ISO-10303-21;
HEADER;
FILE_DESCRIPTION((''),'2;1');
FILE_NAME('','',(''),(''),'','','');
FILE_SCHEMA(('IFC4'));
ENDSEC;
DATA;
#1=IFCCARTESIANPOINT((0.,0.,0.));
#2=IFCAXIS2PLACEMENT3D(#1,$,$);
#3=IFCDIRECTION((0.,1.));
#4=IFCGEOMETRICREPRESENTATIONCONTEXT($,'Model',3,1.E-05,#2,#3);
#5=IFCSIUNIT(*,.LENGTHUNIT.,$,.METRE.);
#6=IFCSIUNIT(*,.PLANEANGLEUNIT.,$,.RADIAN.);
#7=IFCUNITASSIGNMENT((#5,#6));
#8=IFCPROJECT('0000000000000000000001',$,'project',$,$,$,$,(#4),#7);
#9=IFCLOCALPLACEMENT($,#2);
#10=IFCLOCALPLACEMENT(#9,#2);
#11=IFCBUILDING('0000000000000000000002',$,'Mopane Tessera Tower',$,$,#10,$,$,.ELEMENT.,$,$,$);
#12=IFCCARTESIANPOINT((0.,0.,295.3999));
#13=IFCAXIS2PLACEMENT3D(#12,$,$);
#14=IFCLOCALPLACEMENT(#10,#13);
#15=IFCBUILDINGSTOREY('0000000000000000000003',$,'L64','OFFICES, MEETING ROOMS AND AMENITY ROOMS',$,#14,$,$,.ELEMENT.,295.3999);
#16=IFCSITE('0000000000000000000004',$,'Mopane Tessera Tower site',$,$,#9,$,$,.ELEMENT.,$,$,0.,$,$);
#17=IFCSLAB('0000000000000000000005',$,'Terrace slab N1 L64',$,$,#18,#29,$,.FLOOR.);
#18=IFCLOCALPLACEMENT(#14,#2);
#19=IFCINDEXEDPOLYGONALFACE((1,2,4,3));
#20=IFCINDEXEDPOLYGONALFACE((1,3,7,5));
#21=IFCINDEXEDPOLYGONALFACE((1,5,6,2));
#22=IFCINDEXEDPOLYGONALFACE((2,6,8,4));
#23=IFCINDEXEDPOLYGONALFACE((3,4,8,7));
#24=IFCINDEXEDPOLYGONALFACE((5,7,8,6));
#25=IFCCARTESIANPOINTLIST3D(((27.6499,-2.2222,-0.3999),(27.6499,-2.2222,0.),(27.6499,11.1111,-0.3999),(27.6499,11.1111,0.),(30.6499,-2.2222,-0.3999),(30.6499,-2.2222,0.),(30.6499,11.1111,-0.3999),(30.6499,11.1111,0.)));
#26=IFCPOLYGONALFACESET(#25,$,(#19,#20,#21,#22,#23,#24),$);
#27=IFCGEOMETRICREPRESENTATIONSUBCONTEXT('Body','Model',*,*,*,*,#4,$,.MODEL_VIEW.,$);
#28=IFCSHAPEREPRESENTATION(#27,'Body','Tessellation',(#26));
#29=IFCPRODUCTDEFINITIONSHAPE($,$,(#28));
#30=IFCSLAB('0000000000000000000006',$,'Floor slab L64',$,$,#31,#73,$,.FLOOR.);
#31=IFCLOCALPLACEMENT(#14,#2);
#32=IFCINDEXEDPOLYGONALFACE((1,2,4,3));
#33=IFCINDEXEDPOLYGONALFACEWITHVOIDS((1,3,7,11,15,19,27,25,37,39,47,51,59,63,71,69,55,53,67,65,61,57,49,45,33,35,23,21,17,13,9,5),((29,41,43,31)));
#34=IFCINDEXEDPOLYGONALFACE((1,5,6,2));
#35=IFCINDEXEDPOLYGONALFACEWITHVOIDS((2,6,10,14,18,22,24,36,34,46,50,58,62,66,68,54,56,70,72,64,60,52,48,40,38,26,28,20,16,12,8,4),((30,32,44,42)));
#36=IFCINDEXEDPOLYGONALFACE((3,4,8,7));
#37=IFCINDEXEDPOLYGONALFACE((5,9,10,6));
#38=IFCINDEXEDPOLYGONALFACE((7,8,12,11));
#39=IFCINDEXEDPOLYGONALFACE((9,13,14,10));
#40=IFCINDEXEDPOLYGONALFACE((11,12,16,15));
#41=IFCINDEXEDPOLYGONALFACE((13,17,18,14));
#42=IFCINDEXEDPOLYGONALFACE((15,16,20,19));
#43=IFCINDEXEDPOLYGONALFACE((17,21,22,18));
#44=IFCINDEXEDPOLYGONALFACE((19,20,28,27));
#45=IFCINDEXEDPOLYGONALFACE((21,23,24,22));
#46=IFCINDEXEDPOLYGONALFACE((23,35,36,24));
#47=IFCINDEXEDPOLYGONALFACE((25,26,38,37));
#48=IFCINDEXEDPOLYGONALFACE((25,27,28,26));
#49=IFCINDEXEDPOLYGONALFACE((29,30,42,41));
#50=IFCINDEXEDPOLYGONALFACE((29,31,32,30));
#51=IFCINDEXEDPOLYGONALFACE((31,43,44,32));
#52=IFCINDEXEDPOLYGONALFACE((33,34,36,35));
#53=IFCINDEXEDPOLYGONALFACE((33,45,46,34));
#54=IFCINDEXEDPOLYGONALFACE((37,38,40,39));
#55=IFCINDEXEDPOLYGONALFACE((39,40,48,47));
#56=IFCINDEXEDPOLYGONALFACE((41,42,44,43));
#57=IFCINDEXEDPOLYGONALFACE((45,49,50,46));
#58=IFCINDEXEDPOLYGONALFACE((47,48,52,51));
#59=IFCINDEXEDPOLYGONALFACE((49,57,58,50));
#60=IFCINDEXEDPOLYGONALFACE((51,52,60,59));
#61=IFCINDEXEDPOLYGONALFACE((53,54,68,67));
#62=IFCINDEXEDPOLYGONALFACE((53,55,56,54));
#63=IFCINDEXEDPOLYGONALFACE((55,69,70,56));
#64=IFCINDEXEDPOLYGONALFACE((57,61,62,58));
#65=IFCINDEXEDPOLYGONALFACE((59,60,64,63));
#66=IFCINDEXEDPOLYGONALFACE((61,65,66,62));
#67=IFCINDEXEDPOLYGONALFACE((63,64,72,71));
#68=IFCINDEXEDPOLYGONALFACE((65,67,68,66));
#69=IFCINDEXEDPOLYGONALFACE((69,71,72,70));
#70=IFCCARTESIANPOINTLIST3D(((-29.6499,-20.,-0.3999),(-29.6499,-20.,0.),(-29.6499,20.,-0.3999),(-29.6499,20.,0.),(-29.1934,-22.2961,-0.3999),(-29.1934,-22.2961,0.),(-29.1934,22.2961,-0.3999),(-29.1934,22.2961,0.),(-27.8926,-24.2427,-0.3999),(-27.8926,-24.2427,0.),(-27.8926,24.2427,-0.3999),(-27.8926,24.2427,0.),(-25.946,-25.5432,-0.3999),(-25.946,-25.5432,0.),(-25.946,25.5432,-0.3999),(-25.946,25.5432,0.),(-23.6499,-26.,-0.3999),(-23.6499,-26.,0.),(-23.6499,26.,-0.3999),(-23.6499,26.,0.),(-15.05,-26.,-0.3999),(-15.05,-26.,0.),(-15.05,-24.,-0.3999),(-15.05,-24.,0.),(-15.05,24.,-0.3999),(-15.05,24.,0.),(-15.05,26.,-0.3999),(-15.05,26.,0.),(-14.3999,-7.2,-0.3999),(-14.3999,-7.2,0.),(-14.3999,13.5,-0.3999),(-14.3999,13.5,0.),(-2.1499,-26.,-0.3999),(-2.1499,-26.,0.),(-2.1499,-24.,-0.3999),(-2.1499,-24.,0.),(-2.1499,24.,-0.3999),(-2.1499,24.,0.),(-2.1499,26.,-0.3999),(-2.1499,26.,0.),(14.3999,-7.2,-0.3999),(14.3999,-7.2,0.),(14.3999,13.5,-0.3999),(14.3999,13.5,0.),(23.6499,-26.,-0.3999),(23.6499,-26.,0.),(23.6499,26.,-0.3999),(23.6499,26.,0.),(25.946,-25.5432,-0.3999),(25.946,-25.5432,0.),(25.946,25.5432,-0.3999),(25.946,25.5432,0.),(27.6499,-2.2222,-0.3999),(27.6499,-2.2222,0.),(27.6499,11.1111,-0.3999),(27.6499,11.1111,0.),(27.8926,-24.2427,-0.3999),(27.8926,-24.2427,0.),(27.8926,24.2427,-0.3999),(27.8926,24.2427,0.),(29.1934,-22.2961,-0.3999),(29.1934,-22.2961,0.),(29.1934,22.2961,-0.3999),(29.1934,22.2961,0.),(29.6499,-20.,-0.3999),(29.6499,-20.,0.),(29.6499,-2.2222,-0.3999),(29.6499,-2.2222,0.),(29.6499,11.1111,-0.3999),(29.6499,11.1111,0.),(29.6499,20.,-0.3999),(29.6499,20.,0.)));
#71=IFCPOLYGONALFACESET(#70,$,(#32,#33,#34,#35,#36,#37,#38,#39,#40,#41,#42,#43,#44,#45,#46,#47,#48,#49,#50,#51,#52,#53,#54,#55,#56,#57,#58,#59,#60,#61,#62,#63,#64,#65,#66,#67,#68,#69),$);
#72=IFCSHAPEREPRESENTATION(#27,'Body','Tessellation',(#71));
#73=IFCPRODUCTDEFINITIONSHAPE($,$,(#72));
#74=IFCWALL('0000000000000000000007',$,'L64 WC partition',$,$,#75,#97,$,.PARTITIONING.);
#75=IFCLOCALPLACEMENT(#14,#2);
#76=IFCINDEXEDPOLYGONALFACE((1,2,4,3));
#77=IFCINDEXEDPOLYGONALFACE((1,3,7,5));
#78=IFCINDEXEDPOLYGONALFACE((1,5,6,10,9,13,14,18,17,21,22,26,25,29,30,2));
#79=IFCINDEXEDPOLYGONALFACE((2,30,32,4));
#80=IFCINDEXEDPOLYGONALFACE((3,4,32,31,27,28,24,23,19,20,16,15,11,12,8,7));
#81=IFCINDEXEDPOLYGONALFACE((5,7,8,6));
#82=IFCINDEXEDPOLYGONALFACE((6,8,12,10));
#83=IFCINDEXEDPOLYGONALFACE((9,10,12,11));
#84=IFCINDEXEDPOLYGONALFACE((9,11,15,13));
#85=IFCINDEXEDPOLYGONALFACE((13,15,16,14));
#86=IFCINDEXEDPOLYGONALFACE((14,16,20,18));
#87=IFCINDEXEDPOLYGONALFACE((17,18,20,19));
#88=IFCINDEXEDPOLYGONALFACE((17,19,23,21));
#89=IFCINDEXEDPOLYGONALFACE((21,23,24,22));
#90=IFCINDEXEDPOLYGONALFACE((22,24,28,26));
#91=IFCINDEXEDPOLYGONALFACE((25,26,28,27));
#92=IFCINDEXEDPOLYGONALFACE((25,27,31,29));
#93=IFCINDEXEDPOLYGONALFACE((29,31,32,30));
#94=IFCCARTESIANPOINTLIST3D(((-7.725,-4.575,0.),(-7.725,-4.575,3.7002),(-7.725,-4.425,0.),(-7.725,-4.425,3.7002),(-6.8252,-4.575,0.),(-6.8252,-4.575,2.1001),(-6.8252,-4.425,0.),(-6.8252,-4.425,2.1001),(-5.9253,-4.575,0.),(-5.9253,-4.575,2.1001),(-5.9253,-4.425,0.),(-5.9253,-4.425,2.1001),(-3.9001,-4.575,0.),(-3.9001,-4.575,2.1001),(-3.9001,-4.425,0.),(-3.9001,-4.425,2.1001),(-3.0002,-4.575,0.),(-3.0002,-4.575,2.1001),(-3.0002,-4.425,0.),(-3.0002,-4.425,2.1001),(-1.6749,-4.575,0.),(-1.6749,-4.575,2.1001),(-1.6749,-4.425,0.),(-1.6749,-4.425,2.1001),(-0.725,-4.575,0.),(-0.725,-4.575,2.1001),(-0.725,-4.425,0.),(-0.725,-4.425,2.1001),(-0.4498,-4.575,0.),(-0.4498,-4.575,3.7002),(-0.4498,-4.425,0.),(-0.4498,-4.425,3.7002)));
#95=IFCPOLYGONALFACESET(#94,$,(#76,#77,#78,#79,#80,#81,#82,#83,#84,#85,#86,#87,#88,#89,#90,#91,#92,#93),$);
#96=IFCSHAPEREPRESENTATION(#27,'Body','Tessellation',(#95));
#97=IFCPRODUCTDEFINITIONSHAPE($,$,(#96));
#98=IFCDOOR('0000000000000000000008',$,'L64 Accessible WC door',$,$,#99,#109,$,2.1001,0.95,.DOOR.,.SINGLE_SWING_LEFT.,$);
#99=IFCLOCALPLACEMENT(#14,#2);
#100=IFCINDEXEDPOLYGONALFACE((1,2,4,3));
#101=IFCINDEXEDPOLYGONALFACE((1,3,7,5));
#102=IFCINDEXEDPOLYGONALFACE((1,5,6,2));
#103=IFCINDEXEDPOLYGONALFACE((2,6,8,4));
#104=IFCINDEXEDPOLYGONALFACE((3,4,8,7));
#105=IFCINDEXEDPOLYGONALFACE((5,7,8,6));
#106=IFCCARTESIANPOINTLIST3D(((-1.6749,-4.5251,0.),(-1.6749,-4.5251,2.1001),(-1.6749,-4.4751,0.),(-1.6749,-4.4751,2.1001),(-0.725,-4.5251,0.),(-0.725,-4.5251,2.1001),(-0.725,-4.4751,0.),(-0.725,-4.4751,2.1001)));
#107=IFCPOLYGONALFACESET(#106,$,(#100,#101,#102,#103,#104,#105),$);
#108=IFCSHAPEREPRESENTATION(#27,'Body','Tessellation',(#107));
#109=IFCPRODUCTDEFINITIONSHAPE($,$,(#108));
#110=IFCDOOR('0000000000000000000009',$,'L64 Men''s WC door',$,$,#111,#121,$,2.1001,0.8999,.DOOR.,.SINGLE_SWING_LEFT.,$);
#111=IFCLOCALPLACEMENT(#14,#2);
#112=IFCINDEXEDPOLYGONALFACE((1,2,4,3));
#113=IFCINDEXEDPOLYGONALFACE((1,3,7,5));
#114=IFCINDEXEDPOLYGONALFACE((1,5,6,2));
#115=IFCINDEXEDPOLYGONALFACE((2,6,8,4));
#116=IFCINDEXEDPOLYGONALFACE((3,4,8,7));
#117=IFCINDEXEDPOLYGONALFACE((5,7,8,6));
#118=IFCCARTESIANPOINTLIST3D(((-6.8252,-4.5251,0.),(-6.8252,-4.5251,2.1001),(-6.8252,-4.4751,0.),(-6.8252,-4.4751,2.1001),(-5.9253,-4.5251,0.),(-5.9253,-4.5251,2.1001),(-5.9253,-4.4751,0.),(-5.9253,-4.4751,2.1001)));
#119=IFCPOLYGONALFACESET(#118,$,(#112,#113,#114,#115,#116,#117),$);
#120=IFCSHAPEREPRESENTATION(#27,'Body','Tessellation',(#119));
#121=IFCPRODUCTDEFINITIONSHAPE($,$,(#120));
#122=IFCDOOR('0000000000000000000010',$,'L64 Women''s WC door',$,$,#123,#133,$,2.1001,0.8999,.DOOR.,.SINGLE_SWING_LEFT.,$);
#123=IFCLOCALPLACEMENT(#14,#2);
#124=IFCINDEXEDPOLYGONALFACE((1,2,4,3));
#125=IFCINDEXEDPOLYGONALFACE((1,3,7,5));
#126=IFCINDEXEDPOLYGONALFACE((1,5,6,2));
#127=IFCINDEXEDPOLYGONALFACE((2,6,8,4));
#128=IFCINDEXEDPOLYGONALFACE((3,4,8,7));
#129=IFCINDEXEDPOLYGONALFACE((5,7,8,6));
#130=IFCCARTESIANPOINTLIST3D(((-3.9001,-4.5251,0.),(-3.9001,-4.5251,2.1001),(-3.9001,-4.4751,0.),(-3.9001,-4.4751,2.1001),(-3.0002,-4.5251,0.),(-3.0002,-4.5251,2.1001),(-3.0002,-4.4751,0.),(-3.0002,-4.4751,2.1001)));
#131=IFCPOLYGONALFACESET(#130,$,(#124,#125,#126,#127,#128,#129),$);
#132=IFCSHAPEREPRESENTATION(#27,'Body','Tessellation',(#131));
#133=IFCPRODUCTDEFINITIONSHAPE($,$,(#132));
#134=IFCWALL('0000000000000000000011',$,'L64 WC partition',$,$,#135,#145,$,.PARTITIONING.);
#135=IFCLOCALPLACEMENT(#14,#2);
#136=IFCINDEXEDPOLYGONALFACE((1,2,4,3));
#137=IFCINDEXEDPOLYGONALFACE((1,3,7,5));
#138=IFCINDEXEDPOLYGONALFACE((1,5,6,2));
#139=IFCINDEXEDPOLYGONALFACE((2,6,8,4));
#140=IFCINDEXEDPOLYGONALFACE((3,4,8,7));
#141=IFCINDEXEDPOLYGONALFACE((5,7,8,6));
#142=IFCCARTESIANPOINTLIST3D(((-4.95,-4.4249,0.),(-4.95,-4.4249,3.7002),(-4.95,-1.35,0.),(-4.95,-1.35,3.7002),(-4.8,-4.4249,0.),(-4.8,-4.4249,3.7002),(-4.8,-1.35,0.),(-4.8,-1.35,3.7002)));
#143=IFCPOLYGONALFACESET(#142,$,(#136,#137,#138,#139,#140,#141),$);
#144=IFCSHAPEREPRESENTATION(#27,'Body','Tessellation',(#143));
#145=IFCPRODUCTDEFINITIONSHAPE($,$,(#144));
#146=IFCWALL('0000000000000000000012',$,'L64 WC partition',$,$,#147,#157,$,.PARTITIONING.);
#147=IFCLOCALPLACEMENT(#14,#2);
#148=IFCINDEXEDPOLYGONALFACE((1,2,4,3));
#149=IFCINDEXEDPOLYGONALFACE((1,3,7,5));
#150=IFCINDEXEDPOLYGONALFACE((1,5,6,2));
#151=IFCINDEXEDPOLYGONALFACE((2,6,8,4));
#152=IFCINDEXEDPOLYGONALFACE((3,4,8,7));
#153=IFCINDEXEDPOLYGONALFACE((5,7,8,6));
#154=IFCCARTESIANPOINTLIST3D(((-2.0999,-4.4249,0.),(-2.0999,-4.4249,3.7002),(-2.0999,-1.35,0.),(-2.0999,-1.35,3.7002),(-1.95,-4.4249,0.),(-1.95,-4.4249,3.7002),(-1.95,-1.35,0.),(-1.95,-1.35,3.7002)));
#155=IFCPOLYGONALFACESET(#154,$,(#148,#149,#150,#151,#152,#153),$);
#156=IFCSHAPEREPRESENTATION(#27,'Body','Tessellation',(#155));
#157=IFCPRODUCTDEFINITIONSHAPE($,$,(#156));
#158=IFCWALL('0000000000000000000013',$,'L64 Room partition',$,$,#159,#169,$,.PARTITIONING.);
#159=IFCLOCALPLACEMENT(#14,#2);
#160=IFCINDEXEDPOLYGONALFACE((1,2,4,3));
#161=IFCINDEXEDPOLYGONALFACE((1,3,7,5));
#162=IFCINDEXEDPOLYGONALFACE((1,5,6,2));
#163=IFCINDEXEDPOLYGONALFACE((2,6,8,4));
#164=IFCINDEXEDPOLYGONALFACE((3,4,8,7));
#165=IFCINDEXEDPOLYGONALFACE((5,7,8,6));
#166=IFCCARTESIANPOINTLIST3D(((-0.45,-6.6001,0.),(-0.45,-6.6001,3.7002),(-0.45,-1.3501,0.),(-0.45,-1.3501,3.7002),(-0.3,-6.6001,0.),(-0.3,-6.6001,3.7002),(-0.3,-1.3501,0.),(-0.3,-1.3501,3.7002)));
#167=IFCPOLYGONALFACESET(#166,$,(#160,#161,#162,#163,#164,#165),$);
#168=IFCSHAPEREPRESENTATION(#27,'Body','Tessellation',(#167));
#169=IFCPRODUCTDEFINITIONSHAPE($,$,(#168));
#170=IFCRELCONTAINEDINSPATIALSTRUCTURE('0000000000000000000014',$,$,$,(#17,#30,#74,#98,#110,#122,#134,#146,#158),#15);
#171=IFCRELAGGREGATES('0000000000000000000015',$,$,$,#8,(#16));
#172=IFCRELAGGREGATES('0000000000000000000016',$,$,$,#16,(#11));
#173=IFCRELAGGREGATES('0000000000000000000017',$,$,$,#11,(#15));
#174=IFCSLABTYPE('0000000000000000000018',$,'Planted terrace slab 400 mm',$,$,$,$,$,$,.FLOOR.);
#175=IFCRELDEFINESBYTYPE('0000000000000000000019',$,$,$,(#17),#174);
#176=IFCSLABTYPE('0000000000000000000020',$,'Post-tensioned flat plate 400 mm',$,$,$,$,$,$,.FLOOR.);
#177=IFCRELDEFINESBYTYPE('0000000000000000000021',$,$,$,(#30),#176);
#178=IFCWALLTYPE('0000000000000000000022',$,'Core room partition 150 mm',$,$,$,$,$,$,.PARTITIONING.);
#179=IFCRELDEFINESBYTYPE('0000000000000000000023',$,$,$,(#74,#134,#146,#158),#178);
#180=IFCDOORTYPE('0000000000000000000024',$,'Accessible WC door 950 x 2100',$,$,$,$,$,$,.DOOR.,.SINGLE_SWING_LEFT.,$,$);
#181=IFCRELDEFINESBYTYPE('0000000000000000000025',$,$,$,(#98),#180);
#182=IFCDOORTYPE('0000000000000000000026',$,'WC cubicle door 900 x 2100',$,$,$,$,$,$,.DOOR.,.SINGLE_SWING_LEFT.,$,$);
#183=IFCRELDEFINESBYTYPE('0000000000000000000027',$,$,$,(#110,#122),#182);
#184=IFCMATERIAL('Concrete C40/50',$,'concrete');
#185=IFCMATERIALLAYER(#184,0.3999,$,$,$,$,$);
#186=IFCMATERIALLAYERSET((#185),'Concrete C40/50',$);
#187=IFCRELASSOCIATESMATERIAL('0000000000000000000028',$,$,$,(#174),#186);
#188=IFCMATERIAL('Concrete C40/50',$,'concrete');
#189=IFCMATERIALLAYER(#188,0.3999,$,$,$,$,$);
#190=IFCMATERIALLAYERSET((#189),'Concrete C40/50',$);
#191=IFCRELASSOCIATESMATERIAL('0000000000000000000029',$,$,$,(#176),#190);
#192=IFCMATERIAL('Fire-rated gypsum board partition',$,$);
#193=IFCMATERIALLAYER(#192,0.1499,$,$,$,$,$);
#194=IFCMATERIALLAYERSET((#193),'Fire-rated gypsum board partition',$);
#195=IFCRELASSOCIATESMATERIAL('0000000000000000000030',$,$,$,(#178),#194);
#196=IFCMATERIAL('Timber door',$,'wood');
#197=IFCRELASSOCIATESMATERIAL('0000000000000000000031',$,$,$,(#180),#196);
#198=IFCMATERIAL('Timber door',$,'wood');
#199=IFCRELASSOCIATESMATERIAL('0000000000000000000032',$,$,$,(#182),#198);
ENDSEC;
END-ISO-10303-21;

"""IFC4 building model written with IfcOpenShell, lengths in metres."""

from ifc_helpers import new_model, si_unit, direction, frame, frame_2d, origin, place, context, subcontext, project, spatial, polyline, rectangle, outline, extrude, material, layer, layer_set, type_object, element, fill, save


model = new_model("IFC4")

# Units and contexts
model_context = context("Model", 3, precision=1e-05, world=origin(), true_north=direction((0.0, 1.0)))
body_context = subcontext(model_context, "Body", "Model", "MODEL_VIEW")
ifc_project = project(units=[si_unit("LENGTHUNIT", "METRE"), si_unit("PLANEANGLEUNIT", "RADIAN")], contexts=[model_context])

# Site, building, storey
site_placement = place(None, origin())
site = spatial("IfcSite", under=ifc_project, at=site_placement, Name="Mopane Tessera Tower site", CompositionType="ELEMENT", RefElevation=0.0)
building_placement = place(site_placement, origin())
building = spatial("IfcBuilding", under=site, at=building_placement, Name="Mopane Tessera Tower", CompositionType="ELEMENT")
storey_placement = place(building_placement, frame((0.0, 0.0, 295.3999)))
storey = spatial("IfcBuildingStorey", under=building, at=storey_placement, Name="L64", Description="OFFICES, MEETING ROOMS AND AMENITY ROOMS", CompositionType="ELEMENT", Elevation=295.3999)

# Slabs
ifc_material_1 = material(Name="Concrete C40/50", Category="concrete")
ifc_layer_1 = layer(ifc_material_1, 0.3999)
ifc_layer_set_1 = layer_set([ifc_layer_1], Name="Concrete C40/50")
slab_type_1 = type_object("IfcSlabType", Name="Planted terrace slab 400 mm", PredefinedType="FLOOR", material=ifc_layer_set_1)
slab_1_placement = place(storey_placement, frame((0.0, 0.0, -0.3999)))
element("IfcSlab", 1, at=slab_1_placement, inside=storey, type_object=slab_type_1, Name="Terrace slab N1 L64", PredefinedType="FLOOR", context=body_context, shape_type="SweptSolid", body=[
    extrude(outline(polyline([(30.6499, 11.1111), (27.6499, 11.1111), (27.6499, -2.2222), (30.6499, -2.2222), (30.6499, 11.1111)])), origin(), (0.0, 0.0, 1.0), 0.3999),
])
ifc_material_2 = material(Name="Concrete C40/50", Category="concrete")
ifc_layer_2 = layer(ifc_material_2, 0.3999)
ifc_layer_set_2 = layer_set([ifc_layer_2], Name="Concrete C40/50")
slab_type_2 = type_object("IfcSlabType", Name="Post-tensioned flat plate 400 mm", PredefinedType="FLOOR", material=ifc_layer_set_2)
slab_2_placement = place(storey_placement, frame((0.0, 0.0, -0.3999)))
element("IfcSlab", 2, at=slab_2_placement, inside=storey, type_object=slab_type_2, Name="Floor slab L64", PredefinedType="FLOOR", context=body_context, shape_type="SweptSolid", body=[
    extrude(outline(polyline([(-23.6499, -26.0), (-15.05, -26.0), (-15.05, -24.0), (-2.1499, -24.0), (-2.1499, -26.0), (23.6499, -26.0), (25.946, -25.5432), (27.8926, -24.2427), (29.1934, -22.2961), (29.6499, -20.0), (29.6499, -2.2222), (27.6499, -2.2222), (27.6499, 11.1111), (29.6499, 11.1111), (29.6499, 20.0), (29.1934, 22.2961), (27.8926, 24.2427), (25.946, 25.5432), (23.6499, 26.0), (-2.1499, 26.0), (-2.1499, 24.0), (-15.05, 24.0), (-15.05, 26.0), (-23.6499, 26.0), (-25.946, 25.5432), (-27.8926, 24.2427), (-29.1934, 22.2961), (-29.6499, 20.0), (-29.6499, -20.0), (-29.1934, -22.2961), (-27.8926, -24.2427), (-25.946, -25.5432), (-23.6499, -26.0)]), holes=[polyline([(14.3999, -7.2), (-14.3999, -7.2), (-14.3999, 13.5), (14.3999, 13.5), (14.3999, -7.2)])]), origin(), (0.0, 0.0, 1.0), 0.3999),
])

# Wall, openings, doors
ifc_material_3 = material(Name="Fire-rated gypsum board partition")
ifc_layer_3 = layer(ifc_material_3, 0.1499)
ifc_layer_set_3 = layer_set([ifc_layer_3], Name="Fire-rated gypsum board partition")
wall_type_1 = type_object("IfcWallType", Name="Core room partition 150 mm", PredefinedType="PARTITIONING", material=ifc_layer_set_3)
wall_1_placement = place(storey_placement, frame((-7.7251, -4.5, 0.0), z_axis=(0.0, 0.0, 1.0), x_axis=(1.0, 0.0, 0.0)))
wall_1 = element("IfcWall", 3, at=wall_1_placement, inside=storey, type_object=wall_type_1, Name="L64 WC partition", PredefinedType="PARTITIONING", context=body_context, shape_type="SweptSolid", body=[
    extrude(rectangle(XDim=7.2751, YDim=0.1499, at=frame_2d((3.6377, 0.0))), origin(), (0.0, 0.0, 1.0), 3.7002),
])
opening_1_placement = place(wall_1_placement, frame((0.8999, 0.0, 0.0)))
opening_1 = element("IfcOpeningElement", 4, at=opening_1_placement, cuts=wall_1, PredefinedType="OPENING", context=body_context, shape_type="SweptSolid", body=[
    extrude(rectangle(XDim=0.8999, YDim=2.1001, at=frame_2d((0.45, 1.05))), frame((0.0, 0.0869, 0.0), z_axis=(0.0, -1.0, 0.0), x_axis=(1.0, 0.0, 0.0)), (0.0, 0.0, 1.0), 0.1738),
])
opening_2_placement = place(wall_1_placement, frame((3.825, 0.0, 0.0)))
opening_2 = element("IfcOpeningElement", 5, at=opening_2_placement, cuts=wall_1, PredefinedType="OPENING", context=body_context, shape_type="SweptSolid", body=[
    extrude(rectangle(XDim=0.8999, YDim=2.1001, at=frame_2d((0.45, 1.05))), frame((0.0, 0.0869, 0.0), z_axis=(0.0, -1.0, 0.0), x_axis=(1.0, 0.0, 0.0)), (0.0, 0.0, 1.0), 0.1738),
])
opening_3_placement = place(wall_1_placement, frame((6.05, 0.0, 0.0)))
opening_3 = element("IfcOpeningElement", 6, at=opening_3_placement, cuts=wall_1, PredefinedType="OPENING", context=body_context, shape_type="SweptSolid", body=[
    extrude(rectangle(XDim=0.95, YDim=2.1001, at=frame_2d((0.4751, 1.05))), frame((0.0, 0.0869, 0.0), z_axis=(0.0, -1.0, 0.0), x_axis=(1.0, 0.0, 0.0)), (0.0, 0.0, 1.0), 0.1738),
])
ifc_material_4 = material(Name="Timber door", Category="wood")
door_type_1 = type_object("IfcDoorType", Name="Accessible WC door 950 x 2100", OperationType="SINGLE_SWING_LEFT", PredefinedType="DOOR", material=ifc_material_4)
door_1_placement = place(opening_3_placement, origin())
door_1 = element("IfcDoor", 7, at=door_1_placement, inside=storey, type_object=door_type_1, Name="L64 Accessible WC door", OperationType="SINGLE_SWING_LEFT", OverallHeight=2.1001, OverallWidth=0.95, PredefinedType="DOOR", context=body_context, shape_type="SweptSolid", body=[
    extrude(rectangle(XDim=0.95, YDim=2.1001, at=frame_2d((0.4751, 1.05))), frame((0.0, 0.0249, 0.0), z_axis=(0.0, -1.0, 0.0), x_axis=(1.0, 0.0, 0.0)), (0.0, 0.0, 1.0), 0.05),
])
fill(opening_3, door_1)
ifc_material_5 = material(Name="Timber door", Category="wood")
door_type_2 = type_object("IfcDoorType", Name="WC cubicle door 900 x 2100", OperationType="SINGLE_SWING_LEFT", PredefinedType="DOOR", material=ifc_material_5)
door_2_placement = place(opening_1_placement, origin())
door_2 = element("IfcDoor", 8, at=door_2_placement, inside=storey, type_object=door_type_2, Name="L64 Men's WC door", OperationType="SINGLE_SWING_LEFT", OverallHeight=2.1001, OverallWidth=0.8999, PredefinedType="DOOR", context=body_context, shape_type="SweptSolid", body=[
    extrude(rectangle(XDim=0.8999, YDim=2.1001, at=frame_2d((0.45, 1.05))), frame((0.0, 0.0249, 0.0), z_axis=(0.0, -1.0, 0.0), x_axis=(1.0, 0.0, 0.0)), (0.0, 0.0, 1.0), 0.05),
])
fill(opening_1, door_2)
door_3_placement = place(opening_2_placement, origin())
door_3 = element("IfcDoor", 9, at=door_3_placement, inside=storey, type_object=door_type_2, Name="L64 Women's WC door", OperationType="SINGLE_SWING_LEFT", OverallHeight=2.1001, OverallWidth=0.8999, PredefinedType="DOOR", context=body_context, shape_type="SweptSolid", body=[
    extrude(rectangle(XDim=0.8999, YDim=2.1001, at=frame_2d((0.45, 1.05))), frame((0.0, 0.0249, 0.0), z_axis=(0.0, -1.0, 0.0), x_axis=(1.0, 0.0, 0.0)), (0.0, 0.0, 1.0), 0.05),
])
fill(opening_2, door_3)

# Walls
for number, where, z_axis, x_axis, name in (
    (10, (-4.875, -4.425, 0.0), (0.0, 0.0, 1.0), (0.0, 1.0, 0.0), "L64 WC partition"),
    (11, (-2.0249, -4.425, 0.0), (0.0, 0.0, 1.0), (0.0, 1.0, 0.0), "L64 WC partition"),
):
    element("IfcWall", number, at=place(storey_placement, frame(where, z_axis=z_axis, x_axis=x_axis)), inside=storey, type_object=wall_type_1, Name=name, PredefinedType="PARTITIONING", context=body_context, shape_type="SweptSolid", body=[
        extrude(rectangle(XDim=3.075, YDim=0.1499, at=frame_2d((1.5376, 0.0))), origin(), (0.0, 0.0, 1.0), 3.7002),
    ])
wall_2_placement = place(storey_placement, frame((-0.375, -6.6001, 0.0), z_axis=(0.0, 0.0, 1.0), x_axis=(0.0, 1.0, 0.0)))
element("IfcWall", 12, at=wall_2_placement, inside=storey, type_object=wall_type_1, Name="L64 Room partition", PredefinedType="PARTITIONING", context=body_context, shape_type="SweptSolid", body=[
    extrude(rectangle(XDim=5.25, YDim=0.1499, at=frame_2d((2.625, 0.0))), origin(), (0.0, 0.0, 1.0), 3.7002),
])

save(model, "model.ifc")
